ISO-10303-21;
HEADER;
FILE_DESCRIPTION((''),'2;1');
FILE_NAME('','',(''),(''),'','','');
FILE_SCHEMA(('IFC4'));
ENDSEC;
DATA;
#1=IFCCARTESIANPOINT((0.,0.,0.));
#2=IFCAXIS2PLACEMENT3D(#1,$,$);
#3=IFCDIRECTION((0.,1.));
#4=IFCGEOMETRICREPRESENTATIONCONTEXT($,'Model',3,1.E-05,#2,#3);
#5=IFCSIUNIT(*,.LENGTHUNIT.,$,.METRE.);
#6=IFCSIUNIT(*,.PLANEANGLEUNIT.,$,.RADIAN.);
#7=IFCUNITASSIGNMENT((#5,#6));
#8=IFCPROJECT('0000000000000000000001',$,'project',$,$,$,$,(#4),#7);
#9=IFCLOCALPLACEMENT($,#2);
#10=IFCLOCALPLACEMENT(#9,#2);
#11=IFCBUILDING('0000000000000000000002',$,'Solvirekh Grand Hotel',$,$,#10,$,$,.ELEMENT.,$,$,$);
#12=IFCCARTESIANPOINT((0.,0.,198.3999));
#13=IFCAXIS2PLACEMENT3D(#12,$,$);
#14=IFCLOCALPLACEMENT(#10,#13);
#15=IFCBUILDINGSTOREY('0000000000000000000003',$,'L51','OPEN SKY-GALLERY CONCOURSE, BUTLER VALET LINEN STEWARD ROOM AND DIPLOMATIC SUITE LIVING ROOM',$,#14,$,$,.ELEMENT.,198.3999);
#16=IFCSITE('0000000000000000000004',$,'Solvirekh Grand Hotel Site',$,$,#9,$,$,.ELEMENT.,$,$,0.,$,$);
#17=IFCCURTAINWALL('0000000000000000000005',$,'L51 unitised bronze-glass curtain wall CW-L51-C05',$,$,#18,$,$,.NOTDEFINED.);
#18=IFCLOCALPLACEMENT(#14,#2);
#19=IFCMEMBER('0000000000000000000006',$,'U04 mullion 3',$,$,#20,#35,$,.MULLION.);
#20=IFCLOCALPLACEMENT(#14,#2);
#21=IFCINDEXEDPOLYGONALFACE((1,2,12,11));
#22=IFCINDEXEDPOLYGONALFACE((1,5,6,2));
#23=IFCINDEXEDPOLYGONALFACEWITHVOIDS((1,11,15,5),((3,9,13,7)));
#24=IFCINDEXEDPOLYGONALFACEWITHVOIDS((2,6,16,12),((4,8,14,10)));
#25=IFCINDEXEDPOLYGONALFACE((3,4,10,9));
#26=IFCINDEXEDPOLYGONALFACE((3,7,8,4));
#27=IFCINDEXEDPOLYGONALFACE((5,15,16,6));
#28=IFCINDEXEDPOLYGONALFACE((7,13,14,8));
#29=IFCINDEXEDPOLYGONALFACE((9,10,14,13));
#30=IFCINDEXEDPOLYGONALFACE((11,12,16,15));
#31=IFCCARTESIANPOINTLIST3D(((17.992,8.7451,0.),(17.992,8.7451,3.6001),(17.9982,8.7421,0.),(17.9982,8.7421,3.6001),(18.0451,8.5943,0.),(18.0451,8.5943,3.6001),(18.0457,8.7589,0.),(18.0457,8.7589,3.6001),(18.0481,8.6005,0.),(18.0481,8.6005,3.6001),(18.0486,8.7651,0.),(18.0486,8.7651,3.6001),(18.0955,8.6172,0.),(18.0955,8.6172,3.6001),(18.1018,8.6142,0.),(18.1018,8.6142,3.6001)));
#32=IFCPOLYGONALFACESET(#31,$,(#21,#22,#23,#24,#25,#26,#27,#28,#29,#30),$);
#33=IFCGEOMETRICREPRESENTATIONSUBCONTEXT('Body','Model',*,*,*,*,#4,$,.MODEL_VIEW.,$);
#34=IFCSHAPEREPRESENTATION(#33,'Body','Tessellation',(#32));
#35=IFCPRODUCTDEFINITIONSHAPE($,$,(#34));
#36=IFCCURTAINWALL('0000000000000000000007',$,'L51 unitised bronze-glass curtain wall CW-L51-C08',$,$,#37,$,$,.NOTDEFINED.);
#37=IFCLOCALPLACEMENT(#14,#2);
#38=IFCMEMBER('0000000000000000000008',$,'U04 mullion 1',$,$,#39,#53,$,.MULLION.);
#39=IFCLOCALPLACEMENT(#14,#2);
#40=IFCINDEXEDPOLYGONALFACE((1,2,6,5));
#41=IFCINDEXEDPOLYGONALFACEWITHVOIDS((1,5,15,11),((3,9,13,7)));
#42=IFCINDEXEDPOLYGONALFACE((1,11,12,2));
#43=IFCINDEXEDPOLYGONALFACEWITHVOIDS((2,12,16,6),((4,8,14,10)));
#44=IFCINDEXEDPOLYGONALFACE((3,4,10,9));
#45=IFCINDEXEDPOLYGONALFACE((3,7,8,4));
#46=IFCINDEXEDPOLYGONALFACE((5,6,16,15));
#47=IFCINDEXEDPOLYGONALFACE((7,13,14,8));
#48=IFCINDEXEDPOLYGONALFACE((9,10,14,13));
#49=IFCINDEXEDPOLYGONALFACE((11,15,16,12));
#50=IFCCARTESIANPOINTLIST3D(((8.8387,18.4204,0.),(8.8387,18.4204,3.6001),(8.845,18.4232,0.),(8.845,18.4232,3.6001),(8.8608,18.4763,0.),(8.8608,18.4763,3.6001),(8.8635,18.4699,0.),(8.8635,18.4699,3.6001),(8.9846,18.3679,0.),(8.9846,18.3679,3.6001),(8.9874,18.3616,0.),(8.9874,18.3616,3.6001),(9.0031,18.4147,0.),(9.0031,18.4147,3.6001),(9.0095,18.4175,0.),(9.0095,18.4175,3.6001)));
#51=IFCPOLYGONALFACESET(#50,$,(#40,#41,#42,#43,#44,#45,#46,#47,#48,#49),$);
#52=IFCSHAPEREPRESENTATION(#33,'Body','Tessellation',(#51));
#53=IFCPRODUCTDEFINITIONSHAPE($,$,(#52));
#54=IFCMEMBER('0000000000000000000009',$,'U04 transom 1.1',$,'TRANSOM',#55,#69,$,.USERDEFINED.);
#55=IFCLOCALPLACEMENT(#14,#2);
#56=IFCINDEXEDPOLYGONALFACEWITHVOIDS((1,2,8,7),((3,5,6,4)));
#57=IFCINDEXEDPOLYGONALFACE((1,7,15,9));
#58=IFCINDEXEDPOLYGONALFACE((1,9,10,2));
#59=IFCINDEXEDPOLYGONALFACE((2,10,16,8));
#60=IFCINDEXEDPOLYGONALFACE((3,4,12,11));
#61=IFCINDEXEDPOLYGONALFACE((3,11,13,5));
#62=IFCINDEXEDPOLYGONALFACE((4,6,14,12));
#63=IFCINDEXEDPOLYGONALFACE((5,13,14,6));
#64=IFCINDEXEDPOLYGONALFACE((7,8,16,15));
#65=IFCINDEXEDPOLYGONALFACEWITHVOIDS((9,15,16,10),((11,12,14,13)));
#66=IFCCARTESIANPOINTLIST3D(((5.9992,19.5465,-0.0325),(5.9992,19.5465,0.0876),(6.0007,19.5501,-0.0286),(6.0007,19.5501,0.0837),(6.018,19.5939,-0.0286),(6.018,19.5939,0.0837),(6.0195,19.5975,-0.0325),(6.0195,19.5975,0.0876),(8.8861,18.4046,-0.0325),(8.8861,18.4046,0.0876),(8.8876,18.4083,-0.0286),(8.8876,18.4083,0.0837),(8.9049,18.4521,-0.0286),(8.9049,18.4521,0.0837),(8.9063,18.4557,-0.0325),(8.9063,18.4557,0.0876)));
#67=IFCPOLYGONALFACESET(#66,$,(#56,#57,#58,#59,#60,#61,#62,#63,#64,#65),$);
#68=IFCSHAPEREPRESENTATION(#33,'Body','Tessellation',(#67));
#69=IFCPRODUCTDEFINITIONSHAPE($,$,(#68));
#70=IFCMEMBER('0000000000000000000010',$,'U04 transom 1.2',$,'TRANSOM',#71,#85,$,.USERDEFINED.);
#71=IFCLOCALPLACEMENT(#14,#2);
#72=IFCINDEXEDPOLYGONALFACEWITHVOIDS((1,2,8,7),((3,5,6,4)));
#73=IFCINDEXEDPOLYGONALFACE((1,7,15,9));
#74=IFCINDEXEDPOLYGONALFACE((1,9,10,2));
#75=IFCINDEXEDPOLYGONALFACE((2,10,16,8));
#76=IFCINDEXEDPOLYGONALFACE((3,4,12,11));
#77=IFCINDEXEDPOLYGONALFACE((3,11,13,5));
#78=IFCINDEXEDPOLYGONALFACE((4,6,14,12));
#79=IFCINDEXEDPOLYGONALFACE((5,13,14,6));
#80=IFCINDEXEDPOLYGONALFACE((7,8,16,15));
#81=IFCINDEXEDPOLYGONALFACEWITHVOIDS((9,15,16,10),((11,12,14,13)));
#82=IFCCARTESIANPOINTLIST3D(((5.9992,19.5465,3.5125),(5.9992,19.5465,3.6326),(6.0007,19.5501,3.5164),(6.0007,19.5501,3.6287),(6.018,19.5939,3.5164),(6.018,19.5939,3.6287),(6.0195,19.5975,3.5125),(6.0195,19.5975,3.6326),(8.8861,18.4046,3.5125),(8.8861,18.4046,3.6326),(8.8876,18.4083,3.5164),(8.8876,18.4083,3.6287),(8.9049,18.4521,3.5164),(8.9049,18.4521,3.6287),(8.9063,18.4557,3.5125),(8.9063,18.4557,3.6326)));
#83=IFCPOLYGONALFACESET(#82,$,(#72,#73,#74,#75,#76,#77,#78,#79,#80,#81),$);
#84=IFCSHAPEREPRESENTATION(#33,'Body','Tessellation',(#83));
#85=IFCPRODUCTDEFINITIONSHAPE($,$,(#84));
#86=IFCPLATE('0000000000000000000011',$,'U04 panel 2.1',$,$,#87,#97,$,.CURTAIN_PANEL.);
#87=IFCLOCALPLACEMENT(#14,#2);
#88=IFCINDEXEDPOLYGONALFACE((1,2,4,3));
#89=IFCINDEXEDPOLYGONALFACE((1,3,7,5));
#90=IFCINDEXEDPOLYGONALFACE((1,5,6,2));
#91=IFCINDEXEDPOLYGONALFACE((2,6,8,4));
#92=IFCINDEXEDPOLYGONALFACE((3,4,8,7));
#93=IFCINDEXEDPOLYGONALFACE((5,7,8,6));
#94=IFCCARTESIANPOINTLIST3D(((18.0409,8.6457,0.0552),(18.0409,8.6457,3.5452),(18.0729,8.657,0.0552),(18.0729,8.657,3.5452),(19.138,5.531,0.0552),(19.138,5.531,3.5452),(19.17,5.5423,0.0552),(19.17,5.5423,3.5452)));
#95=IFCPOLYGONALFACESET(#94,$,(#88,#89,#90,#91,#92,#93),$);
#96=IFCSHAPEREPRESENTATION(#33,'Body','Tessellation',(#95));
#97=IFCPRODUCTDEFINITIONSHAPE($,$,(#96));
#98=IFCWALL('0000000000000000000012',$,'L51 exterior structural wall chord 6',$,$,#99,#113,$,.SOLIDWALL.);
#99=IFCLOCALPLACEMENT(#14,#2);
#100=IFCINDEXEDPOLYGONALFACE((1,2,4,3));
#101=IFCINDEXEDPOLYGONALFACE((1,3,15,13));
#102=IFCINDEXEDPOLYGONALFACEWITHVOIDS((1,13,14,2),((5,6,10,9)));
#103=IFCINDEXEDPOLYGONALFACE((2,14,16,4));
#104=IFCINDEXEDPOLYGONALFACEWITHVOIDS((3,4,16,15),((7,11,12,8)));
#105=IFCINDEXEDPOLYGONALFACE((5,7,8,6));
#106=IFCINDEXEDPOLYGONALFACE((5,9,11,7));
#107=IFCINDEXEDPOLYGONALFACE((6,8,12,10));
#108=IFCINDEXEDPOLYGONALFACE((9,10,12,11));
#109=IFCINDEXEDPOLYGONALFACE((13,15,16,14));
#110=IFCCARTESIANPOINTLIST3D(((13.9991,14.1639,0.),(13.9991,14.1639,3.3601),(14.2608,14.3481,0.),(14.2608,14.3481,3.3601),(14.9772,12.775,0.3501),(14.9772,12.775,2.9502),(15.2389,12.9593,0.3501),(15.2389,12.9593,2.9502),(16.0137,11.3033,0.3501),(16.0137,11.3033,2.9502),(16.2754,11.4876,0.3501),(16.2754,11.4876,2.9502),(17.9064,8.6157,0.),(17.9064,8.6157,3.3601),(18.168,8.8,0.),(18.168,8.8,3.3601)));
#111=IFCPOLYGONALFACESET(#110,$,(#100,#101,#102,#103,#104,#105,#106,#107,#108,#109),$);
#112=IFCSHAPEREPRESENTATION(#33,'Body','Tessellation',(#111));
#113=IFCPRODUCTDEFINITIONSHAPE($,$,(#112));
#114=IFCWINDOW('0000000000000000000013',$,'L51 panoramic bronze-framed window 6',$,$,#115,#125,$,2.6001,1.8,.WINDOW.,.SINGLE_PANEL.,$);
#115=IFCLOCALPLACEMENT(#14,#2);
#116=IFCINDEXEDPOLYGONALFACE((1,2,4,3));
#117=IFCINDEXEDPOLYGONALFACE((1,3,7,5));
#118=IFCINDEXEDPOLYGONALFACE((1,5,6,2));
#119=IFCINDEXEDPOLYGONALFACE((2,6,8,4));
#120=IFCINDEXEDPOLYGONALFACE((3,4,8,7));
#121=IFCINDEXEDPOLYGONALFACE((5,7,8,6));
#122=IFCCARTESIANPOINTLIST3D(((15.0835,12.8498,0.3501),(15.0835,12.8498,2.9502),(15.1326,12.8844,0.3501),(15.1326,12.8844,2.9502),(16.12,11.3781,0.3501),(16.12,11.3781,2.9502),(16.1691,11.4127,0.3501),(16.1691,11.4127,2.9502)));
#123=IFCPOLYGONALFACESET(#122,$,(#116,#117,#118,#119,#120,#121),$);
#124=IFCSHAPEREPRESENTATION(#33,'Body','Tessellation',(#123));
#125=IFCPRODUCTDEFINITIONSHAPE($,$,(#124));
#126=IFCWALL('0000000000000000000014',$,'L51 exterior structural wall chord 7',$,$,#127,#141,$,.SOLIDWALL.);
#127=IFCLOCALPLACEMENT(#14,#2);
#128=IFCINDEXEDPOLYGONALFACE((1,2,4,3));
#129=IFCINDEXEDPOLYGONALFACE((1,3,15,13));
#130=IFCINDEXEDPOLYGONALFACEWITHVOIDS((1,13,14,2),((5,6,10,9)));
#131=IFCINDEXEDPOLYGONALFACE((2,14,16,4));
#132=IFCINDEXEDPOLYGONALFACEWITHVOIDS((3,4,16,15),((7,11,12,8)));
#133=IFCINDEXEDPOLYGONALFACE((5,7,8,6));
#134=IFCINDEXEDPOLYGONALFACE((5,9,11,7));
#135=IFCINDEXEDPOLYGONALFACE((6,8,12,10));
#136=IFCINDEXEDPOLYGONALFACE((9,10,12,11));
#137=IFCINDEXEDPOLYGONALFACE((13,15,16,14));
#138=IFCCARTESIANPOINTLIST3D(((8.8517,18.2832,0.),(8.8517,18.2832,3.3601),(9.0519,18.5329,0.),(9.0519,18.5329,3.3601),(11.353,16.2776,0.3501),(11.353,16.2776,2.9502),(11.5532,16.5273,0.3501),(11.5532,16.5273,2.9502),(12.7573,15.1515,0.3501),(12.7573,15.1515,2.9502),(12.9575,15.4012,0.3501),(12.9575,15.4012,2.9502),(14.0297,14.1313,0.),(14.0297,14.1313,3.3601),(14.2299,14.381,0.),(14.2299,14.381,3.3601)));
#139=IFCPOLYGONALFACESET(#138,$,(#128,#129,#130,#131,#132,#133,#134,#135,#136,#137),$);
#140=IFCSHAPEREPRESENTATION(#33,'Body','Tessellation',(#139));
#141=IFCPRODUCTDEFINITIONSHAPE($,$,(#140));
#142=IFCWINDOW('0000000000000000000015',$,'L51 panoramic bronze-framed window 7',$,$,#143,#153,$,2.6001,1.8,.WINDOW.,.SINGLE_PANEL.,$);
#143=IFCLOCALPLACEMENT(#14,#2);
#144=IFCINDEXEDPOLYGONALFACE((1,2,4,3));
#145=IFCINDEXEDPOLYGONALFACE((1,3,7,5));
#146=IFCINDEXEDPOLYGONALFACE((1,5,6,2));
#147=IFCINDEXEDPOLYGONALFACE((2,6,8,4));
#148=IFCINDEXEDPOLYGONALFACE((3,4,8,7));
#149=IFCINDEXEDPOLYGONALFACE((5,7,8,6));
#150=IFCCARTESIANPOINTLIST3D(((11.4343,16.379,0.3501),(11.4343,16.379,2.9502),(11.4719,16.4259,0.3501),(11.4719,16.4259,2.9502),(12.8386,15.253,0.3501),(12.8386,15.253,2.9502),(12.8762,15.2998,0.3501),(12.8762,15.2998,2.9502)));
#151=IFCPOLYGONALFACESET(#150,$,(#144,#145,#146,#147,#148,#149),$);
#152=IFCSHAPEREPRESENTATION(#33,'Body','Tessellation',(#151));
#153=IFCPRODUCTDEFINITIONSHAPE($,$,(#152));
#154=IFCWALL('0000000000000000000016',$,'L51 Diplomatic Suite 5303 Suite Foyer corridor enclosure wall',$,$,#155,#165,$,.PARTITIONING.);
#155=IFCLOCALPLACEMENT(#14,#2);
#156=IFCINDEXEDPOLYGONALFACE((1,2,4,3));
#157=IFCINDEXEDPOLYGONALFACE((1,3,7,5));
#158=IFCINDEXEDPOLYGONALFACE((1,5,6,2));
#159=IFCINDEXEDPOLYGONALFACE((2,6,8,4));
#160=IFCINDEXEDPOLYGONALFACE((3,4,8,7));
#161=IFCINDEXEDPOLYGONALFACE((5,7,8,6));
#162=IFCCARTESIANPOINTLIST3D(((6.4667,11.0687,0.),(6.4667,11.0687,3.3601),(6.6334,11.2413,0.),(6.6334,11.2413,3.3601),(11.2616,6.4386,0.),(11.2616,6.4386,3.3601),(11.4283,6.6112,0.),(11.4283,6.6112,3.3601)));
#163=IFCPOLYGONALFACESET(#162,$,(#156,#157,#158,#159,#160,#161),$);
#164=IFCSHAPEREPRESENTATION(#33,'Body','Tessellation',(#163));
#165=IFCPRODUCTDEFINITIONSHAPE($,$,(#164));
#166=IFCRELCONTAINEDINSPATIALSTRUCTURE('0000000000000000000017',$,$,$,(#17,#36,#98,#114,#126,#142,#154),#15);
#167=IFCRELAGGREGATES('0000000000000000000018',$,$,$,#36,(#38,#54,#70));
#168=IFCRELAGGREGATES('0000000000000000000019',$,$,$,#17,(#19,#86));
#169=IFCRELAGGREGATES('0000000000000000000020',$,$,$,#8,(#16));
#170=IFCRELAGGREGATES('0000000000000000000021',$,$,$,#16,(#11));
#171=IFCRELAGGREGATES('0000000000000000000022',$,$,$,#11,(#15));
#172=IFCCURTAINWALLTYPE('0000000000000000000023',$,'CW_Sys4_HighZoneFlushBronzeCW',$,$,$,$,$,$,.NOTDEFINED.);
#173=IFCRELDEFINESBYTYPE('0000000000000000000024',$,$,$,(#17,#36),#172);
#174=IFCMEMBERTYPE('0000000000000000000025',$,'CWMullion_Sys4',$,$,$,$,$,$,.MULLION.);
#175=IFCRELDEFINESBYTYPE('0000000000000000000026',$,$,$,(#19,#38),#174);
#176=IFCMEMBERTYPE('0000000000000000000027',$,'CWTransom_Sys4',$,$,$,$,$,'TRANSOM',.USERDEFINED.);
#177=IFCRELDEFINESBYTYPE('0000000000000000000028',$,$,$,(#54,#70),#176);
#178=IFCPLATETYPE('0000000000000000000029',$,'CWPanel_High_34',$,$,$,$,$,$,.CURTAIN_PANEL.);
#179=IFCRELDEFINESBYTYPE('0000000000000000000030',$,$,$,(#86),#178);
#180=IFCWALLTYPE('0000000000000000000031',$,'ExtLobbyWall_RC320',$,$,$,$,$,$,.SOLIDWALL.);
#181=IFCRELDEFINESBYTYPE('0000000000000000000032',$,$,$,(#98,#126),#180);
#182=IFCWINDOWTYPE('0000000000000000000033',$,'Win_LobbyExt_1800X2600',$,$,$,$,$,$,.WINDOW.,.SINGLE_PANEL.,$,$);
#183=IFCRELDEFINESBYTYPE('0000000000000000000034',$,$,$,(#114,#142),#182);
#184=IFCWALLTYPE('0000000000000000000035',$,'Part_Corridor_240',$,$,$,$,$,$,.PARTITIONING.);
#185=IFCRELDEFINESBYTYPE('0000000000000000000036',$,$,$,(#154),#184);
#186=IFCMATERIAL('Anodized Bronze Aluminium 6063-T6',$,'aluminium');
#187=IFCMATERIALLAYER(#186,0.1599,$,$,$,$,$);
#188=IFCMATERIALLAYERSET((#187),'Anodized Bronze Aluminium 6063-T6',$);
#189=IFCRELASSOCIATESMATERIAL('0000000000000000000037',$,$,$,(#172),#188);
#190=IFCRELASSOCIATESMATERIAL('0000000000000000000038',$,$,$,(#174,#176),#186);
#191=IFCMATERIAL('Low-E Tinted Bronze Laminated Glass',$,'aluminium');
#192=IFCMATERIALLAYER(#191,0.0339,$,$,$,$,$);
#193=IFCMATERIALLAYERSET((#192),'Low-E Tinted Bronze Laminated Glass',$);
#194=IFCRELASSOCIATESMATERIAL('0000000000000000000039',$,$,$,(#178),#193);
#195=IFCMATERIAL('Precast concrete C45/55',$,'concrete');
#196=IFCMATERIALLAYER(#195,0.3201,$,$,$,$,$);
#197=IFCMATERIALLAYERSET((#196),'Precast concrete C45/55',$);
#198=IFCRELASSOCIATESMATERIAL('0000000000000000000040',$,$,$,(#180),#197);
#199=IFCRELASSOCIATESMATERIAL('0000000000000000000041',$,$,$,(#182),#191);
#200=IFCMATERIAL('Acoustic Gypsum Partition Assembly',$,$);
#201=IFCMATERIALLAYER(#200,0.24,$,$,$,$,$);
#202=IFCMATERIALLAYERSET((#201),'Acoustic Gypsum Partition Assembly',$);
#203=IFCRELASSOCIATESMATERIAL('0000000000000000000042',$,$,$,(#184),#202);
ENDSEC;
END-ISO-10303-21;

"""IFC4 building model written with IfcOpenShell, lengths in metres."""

from ifc_helpers import new_model, si_unit, direction, frame, frame_2d, origin, origin_2d, place, context, subcontext, project, spatial, rectangle, hollow_rectangle, extrude, source, transform, mapped, material, layer, layer_set, material_profile, profile_set, type_object, element, fill, aggregate, save


model = new_model("IFC4")

# Units and contexts
model_context = context("Model", 3, precision=1e-05, world=origin(), true_north=direction((0.0, 1.0)))
body_context = subcontext(model_context, "Body", "Model", "MODEL_VIEW")
ifc_project = project(units=[si_unit("LENGTHUNIT", "METRE"), si_unit("PLANEANGLEUNIT", "RADIAN")], contexts=[model_context])

# Site, building, storey
site_placement = place(None, origin())
site = spatial("IfcSite", under=ifc_project, at=site_placement, Name="Solvirekh Grand Hotel Site", CompositionType="ELEMENT", RefElevation=0.0)
building_placement = place(site_placement, origin())
building = spatial("IfcBuilding", under=site, at=building_placement, Name="Solvirekh Grand Hotel", CompositionType="ELEMENT")
storey_placement = place(building_placement, frame((0.0, 0.0, 198.3999)))
storey = spatial("IfcBuildingStorey", under=building, at=storey_placement, Name="L51", Description="OPEN SKY-GALLERY CONCOURSE, BUTLER VALET LINEN STEWARD ROOM AND DIPLOMATIC SUITE LIVING ROOM", CompositionType="ELEMENT", Elevation=198.3999)

# Curtain wall, member
ifc_material_1 = material(Name="Anodized Bronze Aluminium 6063-T6", Category="aluminium")
ifc_layer_1 = layer(ifc_material_1, 0.1599)
ifc_layer_set_1 = layer_set([ifc_layer_1], Name="Anodized Bronze Aluminium 6063-T6")
curtain_wall_type = type_object("IfcCurtainWallType", Name="CW_Sys4_HighZoneFlushBronzeCW", PredefinedType="NOTDEFINED", material=ifc_layer_set_1)
curtain_wall_1_placement = place(storey_placement, origin())
curtain_wall_1 = element("IfcCurtainWall", 1, at=curtain_wall_1_placement, inside=storey, type_object=curtain_wall_type, Name="L51 unitised bronze-glass curtain wall CW-L51-C05", PredefinedType="NOTDEFINED")
ifc_material_profile_1 = material_profile(ifc_material_1, hollow_rectangle(XDim=0.0601, YDim=0.1599, WallThickness=0.0049, at=origin_2d()), Name="ALU RHS 160X60X5")
ifc_profile_set_1 = profile_set([ifc_material_profile_1], Name="Anodized Bronze Aluminium 6063-T6")
member_type_1 = type_object("IfcMemberType", Name="CWMullion_Sys4", PredefinedType="MULLION", material=ifc_profile_set_1)
shared_shape_1 = source(origin(), body_context, "Body", "SweptSolid", [
    extrude(hollow_rectangle(XDim=0.0601, YDim=0.1599, WallThickness=0.0049, at=origin_2d()), origin(), (0.0, 0.0, 1.0), 3.6001),
])
member_1_placement = place(storey_placement, frame((18.0469, 8.6797, 0.0), z_axis=(0.0, 0.0, 1.0), x_axis=(-0.943197, -0.332234, 0.0)))
member_1 = element("IfcMember", 2, at=member_1_placement, type_object=member_type_1, Name="U04 mullion 3", PredefinedType="MULLION", context=body_context, shape_type="MappedRepresentation", body=[
    mapped(shared_shape_1, transform((0.0, 0.0, 0.0), x_axis=(1.0, 0.0, 0.0), y_axis=(0.0, 1.0, 0.0), z_axis=(0.0, 0.0, 1.0), scale=1.0)),
])

# Curtain wall, members
curtain_wall_2_placement = place(storey_placement, origin())
curtain_wall_2 = element("IfcCurtainWall", 3, at=curtain_wall_2_placement, inside=storey, type_object=curtain_wall_type, Name="L51 unitised bronze-glass curtain wall CW-L51-C08", PredefinedType="NOTDEFINED")
member_2_placement = place(storey_placement, frame((8.9241, 18.4189, 0.0), z_axis=(0.0, 0.0, 1.0), x_axis=(-0.367826, -0.929895, 0.0)))
member_2 = element("IfcMember", 4, at=member_2_placement, type_object=member_type_1, Name="U04 mullion 1", PredefinedType="MULLION", context=body_context, shape_type="MappedRepresentation", body=[
    mapped(shared_shape_1, transform((0.0, 0.0, 0.0), x_axis=(1.0, 0.0, 0.0), y_axis=(0.0, 1.0, 0.0), z_axis=(0.0, 0.0, 1.0), scale=1.0)),
])
ifc_material_profile_2 = material_profile(ifc_material_1, hollow_rectangle(XDim=0.0549, YDim=0.1201, WallThickness=0.0039, at=origin_2d()), Name="ALU RHS 120X55X4")
ifc_profile_set_2 = profile_set([ifc_material_profile_2], Name="Anodized Bronze Aluminium 6063-T6")
member_type_2 = type_object("IfcMemberType", Name="CWTransom_Sys4", ElementType="TRANSOM", PredefinedType="USERDEFINED", material=ifc_profile_set_2)
shared_shape_2 = source(origin(), body_context, "Body", "SweptSolid", [
    extrude(hollow_rectangle(XDim=0.0549, YDim=0.1201, WallThickness=0.0039, at=origin_2d()), origin(), (0.0, 0.0, 1.0), 3.1045),
])
member_3_placement = place(storey_placement, frame((8.8962, 18.4302, 0.0276), z_axis=(-0.929907, 0.367795, 0.0), x_axis=(-0.367795, -0.929907, 0.0)))
member_3 = element("IfcMember", 5, at=member_3_placement, type_object=member_type_2, Name="U04 transom 1.1", ObjectType="TRANSOM", PredefinedType="USERDEFINED", context=body_context, shape_type="MappedRepresentation", body=[
    mapped(shared_shape_2, transform((0.0, 0.0, 0.0), x_axis=(1.0, 0.0, 0.0), y_axis=(0.0, 1.0, 0.0), z_axis=(0.0, 0.0, 1.0), scale=1.0)),
])
member_4_placement = place(storey_placement, frame((8.8962, 18.4302, 3.5725), z_axis=(-0.929907, 0.367795, 0.0), x_axis=(-0.367795, -0.929907, 0.0)))
member_4 = element("IfcMember", 6, at=member_4_placement, type_object=member_type_2, Name="U04 transom 1.2", ObjectType="TRANSOM", PredefinedType="USERDEFINED", context=body_context, shape_type="MappedRepresentation", body=[
    mapped(shared_shape_2, transform((0.0, 0.0, 0.0), x_axis=(1.0, 0.0, 0.0), y_axis=(0.0, 1.0, 0.0), z_axis=(0.0, 0.0, 1.0), scale=1.0)),
])
aggregate(curtain_wall_2, [member_2, member_3, member_4])

# Plate
ifc_material_2 = material(Name="Low-E Tinted Bronze Laminated Glass", Category="aluminium")
ifc_layer_2 = layer(ifc_material_2, 0.0339)
ifc_layer_set_2 = layer_set([ifc_layer_2], Name="Low-E Tinted Bronze Laminated Glass")
plate_type = type_object("IfcPlateType", Name="CWPanel_High_34", PredefinedType="CURTAIN_PANEL", material=ifc_layer_set_2)
shared_shape_3 = source(origin(), body_context, "Body", "SweptSolid", [
    extrude(rectangle(XDim=3.3022, YDim=0.0339, at=origin_2d()), origin(), (0.0, 0.0, 1.0), 3.49),
])
plate_placement = place(storey_placement, frame((18.6055, 7.094, 0.0552), z_axis=(0.0, 0.0, 1.0), x_axis=(-0.332234, 0.943197, 0.0)))
plate = element("IfcPlate", 7, at=plate_placement, type_object=plate_type, Name="U04 panel 2.1", PredefinedType="CURTAIN_PANEL", context=body_context, shape_type="MappedRepresentation", body=[
    mapped(shared_shape_3, transform((0.0, 0.0, 0.0), x_axis=(1.0, 0.0, 0.0), y_axis=(0.0, 1.0, 0.0), z_axis=(0.0, 0.0, 1.0), scale=1.0)),
])
aggregate(curtain_wall_1, [member_1, plate])

# Walls, openings, windows
ifc_material_3 = material(Name="Precast concrete C45/55", Category="concrete")
ifc_layer_3 = layer(ifc_material_3, 0.3201)
ifc_layer_set_3 = layer_set([ifc_layer_3], Name="Precast concrete C45/55")
wall_type_1 = type_object("IfcWallType", Name="ExtLobbyWall_RC320", PredefinedType="SOLIDWALL", material=ifc_layer_set_3)
wall_1_placement = place(storey_placement, frame((14.1299, 14.2561, 0.0), z_axis=(0.0, 0.0, 1.0), x_axis=(0.57579, -0.817598, 0.0)))
wall_1 = element("IfcWall", 8, at=wall_1_placement, inside=storey, type_object=wall_type_1, Name="L51 exterior structural wall chord 6", PredefinedType="SOLIDWALL", context=body_context, shape_type="SweptSolid", body=[
    extrude(rectangle(XDim=6.7859, YDim=0.3201, at=frame_2d((3.3931, 0.0))), origin(), (0.0, 0.0, 1.0), 3.3601),
])
opening_1_placement = place(wall_1_placement, frame((1.699, 0.0, 0.3501)))
opening_1 = element("IfcOpeningElement", 9, at=opening_1_placement, cuts=wall_1, PredefinedType="OPENING", context=body_context, shape_type="SweptSolid", body=[
    extrude(rectangle(XDim=1.8, YDim=2.6001, at=frame_2d((0.8999, 1.3))), frame((0.0, 0.1699, 0.0), z_axis=(0.0, -1.0, 0.0), x_axis=(1.0, 0.0, 0.0)), (0.0, 0.0, 1.0), 0.3401),
])
window_type = type_object("IfcWindowType", Name="Win_LobbyExt_1800X2600", PartitioningType="SINGLE_PANEL", PredefinedType="WINDOW", material=ifc_material_2)
window_1_placement = place(opening_1_placement, origin())
window_1 = element("IfcWindow", 10, at=window_1_placement, inside=storey, type_object=window_type, Name="L51 panoramic bronze-framed window 6", OverallHeight=2.6001, OverallWidth=1.8, PartitioningType="SINGLE_PANEL", PredefinedType="WINDOW", context=body_context, shape_type="SweptSolid", body=[
    extrude(rectangle(XDim=1.8, YDim=2.6001, at=frame_2d((0.8999, 1.3))), frame((0.0, 0.03, 0.0), z_axis=(0.0, -1.0, 0.0), x_axis=(1.0, 0.0, 0.0)), (0.0, 0.0, 1.0), 0.0601),
])
fill(opening_1, window_1)
wall_2_placement = place(storey_placement, frame((8.9519, 18.408, 0.0), z_axis=(0.0, 0.0, 1.0), x_axis=(0.780172, -0.625565, 0.0)))
wall_2 = element("IfcWall", 11, at=wall_2_placement, inside=storey, type_object=wall_type_1, Name="L51 exterior structural wall chord 7", PredefinedType="SOLIDWALL", context=body_context, shape_type="SweptSolid", body=[
    extrude(rectangle(XDim=6.637, YDim=0.3201, at=frame_2d((3.3184, 0.0))), origin(), (0.0, 0.0, 1.0), 3.3601),
])
opening_2_placement = place(wall_2_placement, frame((3.2061, 0.0, 0.3501)))
opening_2 = element("IfcOpeningElement", 12, at=opening_2_placement, cuts=wall_2, PredefinedType="OPENING", context=body_context, shape_type="SweptSolid", body=[
    extrude(rectangle(XDim=1.8, YDim=2.6001, at=frame_2d((0.8999, 1.3))), frame((0.0, 0.1699, 0.0), z_axis=(0.0, -1.0, 0.0), x_axis=(1.0, 0.0, 0.0)), (0.0, 0.0, 1.0), 0.3401),
])
window_2_placement = place(opening_2_placement, origin())
window_2 = element("IfcWindow", 13, at=window_2_placement, inside=storey, type_object=window_type, Name="L51 panoramic bronze-framed window 7", OverallHeight=2.6001, OverallWidth=1.8, PartitioningType="SINGLE_PANEL", PredefinedType="WINDOW", context=body_context, shape_type="SweptSolid", body=[
    extrude(rectangle(XDim=1.8, YDim=2.6001, at=frame_2d((0.8999, 1.3))), frame((0.0, 0.03, 0.0), z_axis=(0.0, -1.0, 0.0), x_axis=(1.0, 0.0, 0.0)), (0.0, 0.0, 1.0), 0.0601),
])
fill(opening_2, window_2)

# Wall
ifc_material_4 = material(Name="Acoustic Gypsum Partition Assembly")
ifc_layer_4 = layer(ifc_material_4, 0.24)
ifc_layer_set_4 = layer_set([ifc_layer_4], Name="Acoustic Gypsum Partition Assembly")
wall_type_2 = type_object("IfcWallType", Name="Part_Corridor_240", PredefinedType="PARTITIONING", material=ifc_layer_set_4)
wall_3_placement = place(storey_placement, frame((11.345, 6.5249, 0.0), z_axis=(0.0, 0.0, 1.0), x_axis=(-0.71936, 0.694637, 0.0)))
element("IfcWall", 14, at=wall_3_placement, inside=storey, type_object=wall_type_2, Name="L51 Diplomatic Suite 5303 Suite Foyer corridor enclosure wall", PredefinedType="PARTITIONING", context=body_context, shape_type="SweptSolid", body=[
    extrude(rectangle(XDim=6.6655, YDim=0.24, at=frame_2d((3.3328, 0.0))), origin(), (0.0, 0.0, 1.0), 3.3601),
])

save(model, "model.ifc")
